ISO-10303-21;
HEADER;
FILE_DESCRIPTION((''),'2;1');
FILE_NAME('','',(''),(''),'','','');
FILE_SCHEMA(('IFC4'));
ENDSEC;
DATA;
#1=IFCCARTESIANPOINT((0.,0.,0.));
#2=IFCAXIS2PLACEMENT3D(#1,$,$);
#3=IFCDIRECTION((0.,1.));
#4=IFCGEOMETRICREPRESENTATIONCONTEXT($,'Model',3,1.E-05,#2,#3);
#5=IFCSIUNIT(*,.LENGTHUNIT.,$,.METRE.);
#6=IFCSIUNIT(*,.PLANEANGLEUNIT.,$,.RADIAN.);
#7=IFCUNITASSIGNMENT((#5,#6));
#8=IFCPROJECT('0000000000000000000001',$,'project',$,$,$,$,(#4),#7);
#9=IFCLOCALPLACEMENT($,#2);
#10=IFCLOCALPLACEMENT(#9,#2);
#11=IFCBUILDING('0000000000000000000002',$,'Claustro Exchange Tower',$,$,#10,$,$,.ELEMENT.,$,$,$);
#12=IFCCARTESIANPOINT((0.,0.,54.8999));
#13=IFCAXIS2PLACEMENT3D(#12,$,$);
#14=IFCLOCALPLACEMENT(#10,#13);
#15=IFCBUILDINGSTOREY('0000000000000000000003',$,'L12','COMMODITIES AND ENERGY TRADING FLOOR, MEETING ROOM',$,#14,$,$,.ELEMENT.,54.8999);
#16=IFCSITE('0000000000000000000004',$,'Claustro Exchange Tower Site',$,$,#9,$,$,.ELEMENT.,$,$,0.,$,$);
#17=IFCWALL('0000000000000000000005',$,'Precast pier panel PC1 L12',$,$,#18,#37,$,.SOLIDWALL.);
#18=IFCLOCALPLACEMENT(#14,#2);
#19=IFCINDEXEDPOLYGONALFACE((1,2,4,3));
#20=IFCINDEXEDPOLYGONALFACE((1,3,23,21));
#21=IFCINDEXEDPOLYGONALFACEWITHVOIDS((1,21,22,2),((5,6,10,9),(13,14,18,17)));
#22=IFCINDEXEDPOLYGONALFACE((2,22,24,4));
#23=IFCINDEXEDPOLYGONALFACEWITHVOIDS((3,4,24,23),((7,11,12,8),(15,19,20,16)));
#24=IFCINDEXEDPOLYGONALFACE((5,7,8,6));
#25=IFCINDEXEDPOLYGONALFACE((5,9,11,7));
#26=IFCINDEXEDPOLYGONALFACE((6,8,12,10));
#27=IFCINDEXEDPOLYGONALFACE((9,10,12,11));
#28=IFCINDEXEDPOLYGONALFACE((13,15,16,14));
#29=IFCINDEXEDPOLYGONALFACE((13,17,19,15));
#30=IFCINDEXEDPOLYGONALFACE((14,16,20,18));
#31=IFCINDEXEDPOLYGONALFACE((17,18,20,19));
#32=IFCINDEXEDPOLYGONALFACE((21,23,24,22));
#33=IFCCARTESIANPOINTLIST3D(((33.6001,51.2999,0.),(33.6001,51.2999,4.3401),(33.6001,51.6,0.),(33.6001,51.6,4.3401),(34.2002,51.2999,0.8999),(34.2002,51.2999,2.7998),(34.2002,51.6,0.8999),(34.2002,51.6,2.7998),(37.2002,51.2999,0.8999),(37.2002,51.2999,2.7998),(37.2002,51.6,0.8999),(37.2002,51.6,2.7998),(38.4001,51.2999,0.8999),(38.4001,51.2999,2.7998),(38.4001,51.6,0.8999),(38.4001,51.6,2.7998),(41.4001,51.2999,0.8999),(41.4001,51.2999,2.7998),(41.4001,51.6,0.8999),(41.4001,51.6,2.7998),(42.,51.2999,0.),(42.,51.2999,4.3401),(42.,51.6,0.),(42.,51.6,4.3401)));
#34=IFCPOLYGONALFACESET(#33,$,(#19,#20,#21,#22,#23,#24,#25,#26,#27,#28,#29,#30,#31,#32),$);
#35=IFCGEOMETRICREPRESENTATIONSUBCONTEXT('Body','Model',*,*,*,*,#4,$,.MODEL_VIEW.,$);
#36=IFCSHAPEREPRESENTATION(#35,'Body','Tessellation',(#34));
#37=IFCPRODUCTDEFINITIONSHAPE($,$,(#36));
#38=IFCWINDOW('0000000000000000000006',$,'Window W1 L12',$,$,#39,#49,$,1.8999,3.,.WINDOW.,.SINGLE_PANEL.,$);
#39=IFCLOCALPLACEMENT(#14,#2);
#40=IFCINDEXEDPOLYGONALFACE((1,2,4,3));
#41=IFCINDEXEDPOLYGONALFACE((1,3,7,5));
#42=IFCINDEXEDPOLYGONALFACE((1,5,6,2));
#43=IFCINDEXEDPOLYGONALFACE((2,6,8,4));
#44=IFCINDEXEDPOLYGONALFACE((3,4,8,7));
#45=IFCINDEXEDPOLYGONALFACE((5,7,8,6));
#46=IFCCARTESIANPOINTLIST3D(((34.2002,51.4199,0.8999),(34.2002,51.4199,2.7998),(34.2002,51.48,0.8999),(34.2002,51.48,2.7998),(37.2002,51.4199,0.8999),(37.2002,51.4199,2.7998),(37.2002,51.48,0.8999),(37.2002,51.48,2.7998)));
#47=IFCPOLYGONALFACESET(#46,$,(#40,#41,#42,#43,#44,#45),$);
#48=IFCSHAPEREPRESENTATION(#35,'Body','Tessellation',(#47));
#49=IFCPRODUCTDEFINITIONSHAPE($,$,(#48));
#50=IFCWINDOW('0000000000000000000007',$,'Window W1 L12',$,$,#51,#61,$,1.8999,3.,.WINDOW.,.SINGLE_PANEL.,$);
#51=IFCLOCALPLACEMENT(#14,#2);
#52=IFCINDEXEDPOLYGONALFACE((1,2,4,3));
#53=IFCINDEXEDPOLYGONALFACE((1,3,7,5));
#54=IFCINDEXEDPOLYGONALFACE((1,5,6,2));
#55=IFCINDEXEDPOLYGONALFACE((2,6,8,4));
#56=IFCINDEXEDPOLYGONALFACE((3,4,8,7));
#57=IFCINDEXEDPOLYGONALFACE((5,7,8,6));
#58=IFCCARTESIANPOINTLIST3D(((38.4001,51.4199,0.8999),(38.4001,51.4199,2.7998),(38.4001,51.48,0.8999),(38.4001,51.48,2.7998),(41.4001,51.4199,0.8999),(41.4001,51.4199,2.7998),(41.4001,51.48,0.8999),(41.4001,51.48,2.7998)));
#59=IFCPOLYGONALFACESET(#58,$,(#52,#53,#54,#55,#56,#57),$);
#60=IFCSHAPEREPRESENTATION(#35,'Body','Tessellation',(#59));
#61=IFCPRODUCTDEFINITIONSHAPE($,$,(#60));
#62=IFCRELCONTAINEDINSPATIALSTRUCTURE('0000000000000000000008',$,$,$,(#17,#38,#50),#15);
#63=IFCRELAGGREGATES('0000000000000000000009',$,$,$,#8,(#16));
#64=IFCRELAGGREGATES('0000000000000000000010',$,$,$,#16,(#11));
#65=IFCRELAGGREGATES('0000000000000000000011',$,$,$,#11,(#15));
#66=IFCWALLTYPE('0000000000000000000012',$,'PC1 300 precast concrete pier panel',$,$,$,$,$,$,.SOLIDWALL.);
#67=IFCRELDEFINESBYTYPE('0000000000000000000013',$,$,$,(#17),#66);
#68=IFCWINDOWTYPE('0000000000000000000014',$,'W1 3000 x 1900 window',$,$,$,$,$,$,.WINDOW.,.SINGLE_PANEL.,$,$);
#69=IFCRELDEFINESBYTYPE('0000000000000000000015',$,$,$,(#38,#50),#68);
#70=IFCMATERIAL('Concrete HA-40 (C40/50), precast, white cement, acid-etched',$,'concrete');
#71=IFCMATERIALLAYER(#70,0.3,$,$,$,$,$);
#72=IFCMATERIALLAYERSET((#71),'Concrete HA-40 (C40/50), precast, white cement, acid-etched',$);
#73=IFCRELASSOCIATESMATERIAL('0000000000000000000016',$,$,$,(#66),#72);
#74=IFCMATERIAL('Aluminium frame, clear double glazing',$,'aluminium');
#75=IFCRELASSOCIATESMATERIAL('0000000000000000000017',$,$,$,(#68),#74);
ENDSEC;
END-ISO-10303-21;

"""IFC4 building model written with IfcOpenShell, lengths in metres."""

from ifc_helpers import new_model, si_unit, direction, frame, frame_2d, origin, place, context, subcontext, project, spatial, rectangle, extrude, material, layer, layer_set, type_object, element, fill, save


model = new_model("IFC4")

# Units and contexts
model_context = context("Model", 3, precision=1e-05, world=origin(), true_north=direction((0.0, 1.0)))
body_context = subcontext(model_context, "Body", "Model", "MODEL_VIEW")
ifc_project = project(units=[si_unit("LENGTHUNIT", "METRE"), si_unit("PLANEANGLEUNIT", "RADIAN")], contexts=[model_context])

# Site, building, storey
site_placement = place(None, origin())
site = spatial("IfcSite", under=ifc_project, at=site_placement, Name="Claustro Exchange Tower Site", CompositionType="ELEMENT", RefElevation=0.0)
building_placement = place(site_placement, origin())
building = spatial("IfcBuilding", under=site, at=building_placement, Name="Claustro Exchange Tower", CompositionType="ELEMENT")
storey_placement = place(building_placement, frame((0.0, 0.0, 54.8999)))
storey = spatial("IfcBuildingStorey", under=building, at=storey_placement, Name="L12", Description="COMMODITIES AND ENERGY TRADING FLOOR, MEETING ROOM", CompositionType="ELEMENT", Elevation=54.8999)

# Wall, openings, windows
ifc_material_1 = material(Name="Concrete HA-40 (C40/50), precast, white cement, acid-etched", Category="concrete")
ifc_layer_1 = layer(ifc_material_1, 0.3)
ifc_layer_set_1 = layer_set([ifc_layer_1], Name="Concrete HA-40 (C40/50), precast, white cement, acid-etched")
wall_type_1 = type_object("IfcWallType", Name="PC1 300 precast concrete pier panel", PredefinedType="SOLIDWALL", material=ifc_layer_set_1)
ifc_material_2 = material(Name="Aluminium frame, clear double glazing", Category="aluminium")
window_type = type_object("IfcWindowType", Name="W1 3000 x 1900 window", PartitioningType="SINGLE_PANEL", PredefinedType="WINDOW", material=ifc_material_2)
wall_1_placement = place(storey_placement, frame((33.6001, 51.45, 0.0), z_axis=(0.0, 0.0, 1.0), x_axis=(1.0, 0.0, 0.0)))
wall_1 = element("IfcWall", 1, at=wall_1_placement, inside=storey, type_object=wall_type_1, Name="Precast pier panel PC1 L12", PredefinedType="SOLIDWALL", context=body_context, shape_type="SweptSolid", body=[
    extrude(rectangle(XDim=8.3999, YDim=0.3, at=frame_2d((4.2, 0.0))), origin(), (0.0, 0.0, 1.0), 4.3401),
])
opening_1_placement = place(wall_1_placement, frame((0.6001, 0.0, 0.8999)))
opening_1 = element("IfcOpeningElement", 2, at=opening_1_placement, cuts=wall_1, PredefinedType="OPENING", context=body_context, shape_type="SweptSolid", body=[
    extrude(rectangle(XDim=3.0, YDim=1.8999, at=frame_2d((1.5, 0.95))), frame((0.0, 0.1599, 0.0), z_axis=(0.0, -1.0, 0.0), x_axis=(1.0, 0.0, 0.0)), (0.0, 0.0, 1.0), 0.3201),
])
opening_2_placement = place(wall_1_placement, frame((4.8, 0.0, 0.8999)))
opening_2 = element("IfcOpeningElement", 3, at=opening_2_placement, cuts=wall_1, PredefinedType="OPENING", context=body_context, shape_type="SweptSolid", body=[
    extrude(rectangle(XDim=3.0, YDim=1.8999, at=frame_2d((1.5, 0.95))), frame((0.0, 0.1599, 0.0), z_axis=(0.0, -1.0, 0.0), x_axis=(1.0, 0.0, 0.0)), (0.0, 0.0, 1.0), 0.3201),
])
window_1_placement = place(opening_1_placement, origin())
window_1 = element("IfcWindow", 4, at=window_1_placement, inside=storey, type_object=window_type, Name="Window W1 L12", OverallHeight=1.8999, OverallWidth=3.0, PartitioningType="SINGLE_PANEL", PredefinedType="WINDOW", context=body_context, shape_type="SweptSolid", body=[
    extrude(rectangle(XDim=3.0, YDim=1.8999, at=frame_2d((1.5, 0.95))), frame((0.0, 0.03, 0.0), z_axis=(0.0, -1.0, 0.0), x_axis=(1.0, 0.0, 0.0)), (0.0, 0.0, 1.0), 0.0601),
])
fill(opening_1, window_1)
window_2_placement = place(opening_2_placement, origin())
window_2 = element("IfcWindow", 5, at=window_2_placement, inside=storey, type_object=window_type, Name="Window W1 L12", OverallHeight=1.8999, OverallWidth=3.0, PartitioningType="SINGLE_PANEL", PredefinedType="WINDOW", context=body_context, shape_type="SweptSolid", body=[
    extrude(rectangle(XDim=3.0, YDim=1.8999, at=frame_2d((1.5, 0.95))), frame((0.0, 0.03, 0.0), z_axis=(0.0, -1.0, 0.0), x_axis=(1.0, 0.0, 0.0)), (0.0, 0.0, 1.0), 0.0601),
])
fill(opening_2, window_2)

save(model, "model.ifc")
